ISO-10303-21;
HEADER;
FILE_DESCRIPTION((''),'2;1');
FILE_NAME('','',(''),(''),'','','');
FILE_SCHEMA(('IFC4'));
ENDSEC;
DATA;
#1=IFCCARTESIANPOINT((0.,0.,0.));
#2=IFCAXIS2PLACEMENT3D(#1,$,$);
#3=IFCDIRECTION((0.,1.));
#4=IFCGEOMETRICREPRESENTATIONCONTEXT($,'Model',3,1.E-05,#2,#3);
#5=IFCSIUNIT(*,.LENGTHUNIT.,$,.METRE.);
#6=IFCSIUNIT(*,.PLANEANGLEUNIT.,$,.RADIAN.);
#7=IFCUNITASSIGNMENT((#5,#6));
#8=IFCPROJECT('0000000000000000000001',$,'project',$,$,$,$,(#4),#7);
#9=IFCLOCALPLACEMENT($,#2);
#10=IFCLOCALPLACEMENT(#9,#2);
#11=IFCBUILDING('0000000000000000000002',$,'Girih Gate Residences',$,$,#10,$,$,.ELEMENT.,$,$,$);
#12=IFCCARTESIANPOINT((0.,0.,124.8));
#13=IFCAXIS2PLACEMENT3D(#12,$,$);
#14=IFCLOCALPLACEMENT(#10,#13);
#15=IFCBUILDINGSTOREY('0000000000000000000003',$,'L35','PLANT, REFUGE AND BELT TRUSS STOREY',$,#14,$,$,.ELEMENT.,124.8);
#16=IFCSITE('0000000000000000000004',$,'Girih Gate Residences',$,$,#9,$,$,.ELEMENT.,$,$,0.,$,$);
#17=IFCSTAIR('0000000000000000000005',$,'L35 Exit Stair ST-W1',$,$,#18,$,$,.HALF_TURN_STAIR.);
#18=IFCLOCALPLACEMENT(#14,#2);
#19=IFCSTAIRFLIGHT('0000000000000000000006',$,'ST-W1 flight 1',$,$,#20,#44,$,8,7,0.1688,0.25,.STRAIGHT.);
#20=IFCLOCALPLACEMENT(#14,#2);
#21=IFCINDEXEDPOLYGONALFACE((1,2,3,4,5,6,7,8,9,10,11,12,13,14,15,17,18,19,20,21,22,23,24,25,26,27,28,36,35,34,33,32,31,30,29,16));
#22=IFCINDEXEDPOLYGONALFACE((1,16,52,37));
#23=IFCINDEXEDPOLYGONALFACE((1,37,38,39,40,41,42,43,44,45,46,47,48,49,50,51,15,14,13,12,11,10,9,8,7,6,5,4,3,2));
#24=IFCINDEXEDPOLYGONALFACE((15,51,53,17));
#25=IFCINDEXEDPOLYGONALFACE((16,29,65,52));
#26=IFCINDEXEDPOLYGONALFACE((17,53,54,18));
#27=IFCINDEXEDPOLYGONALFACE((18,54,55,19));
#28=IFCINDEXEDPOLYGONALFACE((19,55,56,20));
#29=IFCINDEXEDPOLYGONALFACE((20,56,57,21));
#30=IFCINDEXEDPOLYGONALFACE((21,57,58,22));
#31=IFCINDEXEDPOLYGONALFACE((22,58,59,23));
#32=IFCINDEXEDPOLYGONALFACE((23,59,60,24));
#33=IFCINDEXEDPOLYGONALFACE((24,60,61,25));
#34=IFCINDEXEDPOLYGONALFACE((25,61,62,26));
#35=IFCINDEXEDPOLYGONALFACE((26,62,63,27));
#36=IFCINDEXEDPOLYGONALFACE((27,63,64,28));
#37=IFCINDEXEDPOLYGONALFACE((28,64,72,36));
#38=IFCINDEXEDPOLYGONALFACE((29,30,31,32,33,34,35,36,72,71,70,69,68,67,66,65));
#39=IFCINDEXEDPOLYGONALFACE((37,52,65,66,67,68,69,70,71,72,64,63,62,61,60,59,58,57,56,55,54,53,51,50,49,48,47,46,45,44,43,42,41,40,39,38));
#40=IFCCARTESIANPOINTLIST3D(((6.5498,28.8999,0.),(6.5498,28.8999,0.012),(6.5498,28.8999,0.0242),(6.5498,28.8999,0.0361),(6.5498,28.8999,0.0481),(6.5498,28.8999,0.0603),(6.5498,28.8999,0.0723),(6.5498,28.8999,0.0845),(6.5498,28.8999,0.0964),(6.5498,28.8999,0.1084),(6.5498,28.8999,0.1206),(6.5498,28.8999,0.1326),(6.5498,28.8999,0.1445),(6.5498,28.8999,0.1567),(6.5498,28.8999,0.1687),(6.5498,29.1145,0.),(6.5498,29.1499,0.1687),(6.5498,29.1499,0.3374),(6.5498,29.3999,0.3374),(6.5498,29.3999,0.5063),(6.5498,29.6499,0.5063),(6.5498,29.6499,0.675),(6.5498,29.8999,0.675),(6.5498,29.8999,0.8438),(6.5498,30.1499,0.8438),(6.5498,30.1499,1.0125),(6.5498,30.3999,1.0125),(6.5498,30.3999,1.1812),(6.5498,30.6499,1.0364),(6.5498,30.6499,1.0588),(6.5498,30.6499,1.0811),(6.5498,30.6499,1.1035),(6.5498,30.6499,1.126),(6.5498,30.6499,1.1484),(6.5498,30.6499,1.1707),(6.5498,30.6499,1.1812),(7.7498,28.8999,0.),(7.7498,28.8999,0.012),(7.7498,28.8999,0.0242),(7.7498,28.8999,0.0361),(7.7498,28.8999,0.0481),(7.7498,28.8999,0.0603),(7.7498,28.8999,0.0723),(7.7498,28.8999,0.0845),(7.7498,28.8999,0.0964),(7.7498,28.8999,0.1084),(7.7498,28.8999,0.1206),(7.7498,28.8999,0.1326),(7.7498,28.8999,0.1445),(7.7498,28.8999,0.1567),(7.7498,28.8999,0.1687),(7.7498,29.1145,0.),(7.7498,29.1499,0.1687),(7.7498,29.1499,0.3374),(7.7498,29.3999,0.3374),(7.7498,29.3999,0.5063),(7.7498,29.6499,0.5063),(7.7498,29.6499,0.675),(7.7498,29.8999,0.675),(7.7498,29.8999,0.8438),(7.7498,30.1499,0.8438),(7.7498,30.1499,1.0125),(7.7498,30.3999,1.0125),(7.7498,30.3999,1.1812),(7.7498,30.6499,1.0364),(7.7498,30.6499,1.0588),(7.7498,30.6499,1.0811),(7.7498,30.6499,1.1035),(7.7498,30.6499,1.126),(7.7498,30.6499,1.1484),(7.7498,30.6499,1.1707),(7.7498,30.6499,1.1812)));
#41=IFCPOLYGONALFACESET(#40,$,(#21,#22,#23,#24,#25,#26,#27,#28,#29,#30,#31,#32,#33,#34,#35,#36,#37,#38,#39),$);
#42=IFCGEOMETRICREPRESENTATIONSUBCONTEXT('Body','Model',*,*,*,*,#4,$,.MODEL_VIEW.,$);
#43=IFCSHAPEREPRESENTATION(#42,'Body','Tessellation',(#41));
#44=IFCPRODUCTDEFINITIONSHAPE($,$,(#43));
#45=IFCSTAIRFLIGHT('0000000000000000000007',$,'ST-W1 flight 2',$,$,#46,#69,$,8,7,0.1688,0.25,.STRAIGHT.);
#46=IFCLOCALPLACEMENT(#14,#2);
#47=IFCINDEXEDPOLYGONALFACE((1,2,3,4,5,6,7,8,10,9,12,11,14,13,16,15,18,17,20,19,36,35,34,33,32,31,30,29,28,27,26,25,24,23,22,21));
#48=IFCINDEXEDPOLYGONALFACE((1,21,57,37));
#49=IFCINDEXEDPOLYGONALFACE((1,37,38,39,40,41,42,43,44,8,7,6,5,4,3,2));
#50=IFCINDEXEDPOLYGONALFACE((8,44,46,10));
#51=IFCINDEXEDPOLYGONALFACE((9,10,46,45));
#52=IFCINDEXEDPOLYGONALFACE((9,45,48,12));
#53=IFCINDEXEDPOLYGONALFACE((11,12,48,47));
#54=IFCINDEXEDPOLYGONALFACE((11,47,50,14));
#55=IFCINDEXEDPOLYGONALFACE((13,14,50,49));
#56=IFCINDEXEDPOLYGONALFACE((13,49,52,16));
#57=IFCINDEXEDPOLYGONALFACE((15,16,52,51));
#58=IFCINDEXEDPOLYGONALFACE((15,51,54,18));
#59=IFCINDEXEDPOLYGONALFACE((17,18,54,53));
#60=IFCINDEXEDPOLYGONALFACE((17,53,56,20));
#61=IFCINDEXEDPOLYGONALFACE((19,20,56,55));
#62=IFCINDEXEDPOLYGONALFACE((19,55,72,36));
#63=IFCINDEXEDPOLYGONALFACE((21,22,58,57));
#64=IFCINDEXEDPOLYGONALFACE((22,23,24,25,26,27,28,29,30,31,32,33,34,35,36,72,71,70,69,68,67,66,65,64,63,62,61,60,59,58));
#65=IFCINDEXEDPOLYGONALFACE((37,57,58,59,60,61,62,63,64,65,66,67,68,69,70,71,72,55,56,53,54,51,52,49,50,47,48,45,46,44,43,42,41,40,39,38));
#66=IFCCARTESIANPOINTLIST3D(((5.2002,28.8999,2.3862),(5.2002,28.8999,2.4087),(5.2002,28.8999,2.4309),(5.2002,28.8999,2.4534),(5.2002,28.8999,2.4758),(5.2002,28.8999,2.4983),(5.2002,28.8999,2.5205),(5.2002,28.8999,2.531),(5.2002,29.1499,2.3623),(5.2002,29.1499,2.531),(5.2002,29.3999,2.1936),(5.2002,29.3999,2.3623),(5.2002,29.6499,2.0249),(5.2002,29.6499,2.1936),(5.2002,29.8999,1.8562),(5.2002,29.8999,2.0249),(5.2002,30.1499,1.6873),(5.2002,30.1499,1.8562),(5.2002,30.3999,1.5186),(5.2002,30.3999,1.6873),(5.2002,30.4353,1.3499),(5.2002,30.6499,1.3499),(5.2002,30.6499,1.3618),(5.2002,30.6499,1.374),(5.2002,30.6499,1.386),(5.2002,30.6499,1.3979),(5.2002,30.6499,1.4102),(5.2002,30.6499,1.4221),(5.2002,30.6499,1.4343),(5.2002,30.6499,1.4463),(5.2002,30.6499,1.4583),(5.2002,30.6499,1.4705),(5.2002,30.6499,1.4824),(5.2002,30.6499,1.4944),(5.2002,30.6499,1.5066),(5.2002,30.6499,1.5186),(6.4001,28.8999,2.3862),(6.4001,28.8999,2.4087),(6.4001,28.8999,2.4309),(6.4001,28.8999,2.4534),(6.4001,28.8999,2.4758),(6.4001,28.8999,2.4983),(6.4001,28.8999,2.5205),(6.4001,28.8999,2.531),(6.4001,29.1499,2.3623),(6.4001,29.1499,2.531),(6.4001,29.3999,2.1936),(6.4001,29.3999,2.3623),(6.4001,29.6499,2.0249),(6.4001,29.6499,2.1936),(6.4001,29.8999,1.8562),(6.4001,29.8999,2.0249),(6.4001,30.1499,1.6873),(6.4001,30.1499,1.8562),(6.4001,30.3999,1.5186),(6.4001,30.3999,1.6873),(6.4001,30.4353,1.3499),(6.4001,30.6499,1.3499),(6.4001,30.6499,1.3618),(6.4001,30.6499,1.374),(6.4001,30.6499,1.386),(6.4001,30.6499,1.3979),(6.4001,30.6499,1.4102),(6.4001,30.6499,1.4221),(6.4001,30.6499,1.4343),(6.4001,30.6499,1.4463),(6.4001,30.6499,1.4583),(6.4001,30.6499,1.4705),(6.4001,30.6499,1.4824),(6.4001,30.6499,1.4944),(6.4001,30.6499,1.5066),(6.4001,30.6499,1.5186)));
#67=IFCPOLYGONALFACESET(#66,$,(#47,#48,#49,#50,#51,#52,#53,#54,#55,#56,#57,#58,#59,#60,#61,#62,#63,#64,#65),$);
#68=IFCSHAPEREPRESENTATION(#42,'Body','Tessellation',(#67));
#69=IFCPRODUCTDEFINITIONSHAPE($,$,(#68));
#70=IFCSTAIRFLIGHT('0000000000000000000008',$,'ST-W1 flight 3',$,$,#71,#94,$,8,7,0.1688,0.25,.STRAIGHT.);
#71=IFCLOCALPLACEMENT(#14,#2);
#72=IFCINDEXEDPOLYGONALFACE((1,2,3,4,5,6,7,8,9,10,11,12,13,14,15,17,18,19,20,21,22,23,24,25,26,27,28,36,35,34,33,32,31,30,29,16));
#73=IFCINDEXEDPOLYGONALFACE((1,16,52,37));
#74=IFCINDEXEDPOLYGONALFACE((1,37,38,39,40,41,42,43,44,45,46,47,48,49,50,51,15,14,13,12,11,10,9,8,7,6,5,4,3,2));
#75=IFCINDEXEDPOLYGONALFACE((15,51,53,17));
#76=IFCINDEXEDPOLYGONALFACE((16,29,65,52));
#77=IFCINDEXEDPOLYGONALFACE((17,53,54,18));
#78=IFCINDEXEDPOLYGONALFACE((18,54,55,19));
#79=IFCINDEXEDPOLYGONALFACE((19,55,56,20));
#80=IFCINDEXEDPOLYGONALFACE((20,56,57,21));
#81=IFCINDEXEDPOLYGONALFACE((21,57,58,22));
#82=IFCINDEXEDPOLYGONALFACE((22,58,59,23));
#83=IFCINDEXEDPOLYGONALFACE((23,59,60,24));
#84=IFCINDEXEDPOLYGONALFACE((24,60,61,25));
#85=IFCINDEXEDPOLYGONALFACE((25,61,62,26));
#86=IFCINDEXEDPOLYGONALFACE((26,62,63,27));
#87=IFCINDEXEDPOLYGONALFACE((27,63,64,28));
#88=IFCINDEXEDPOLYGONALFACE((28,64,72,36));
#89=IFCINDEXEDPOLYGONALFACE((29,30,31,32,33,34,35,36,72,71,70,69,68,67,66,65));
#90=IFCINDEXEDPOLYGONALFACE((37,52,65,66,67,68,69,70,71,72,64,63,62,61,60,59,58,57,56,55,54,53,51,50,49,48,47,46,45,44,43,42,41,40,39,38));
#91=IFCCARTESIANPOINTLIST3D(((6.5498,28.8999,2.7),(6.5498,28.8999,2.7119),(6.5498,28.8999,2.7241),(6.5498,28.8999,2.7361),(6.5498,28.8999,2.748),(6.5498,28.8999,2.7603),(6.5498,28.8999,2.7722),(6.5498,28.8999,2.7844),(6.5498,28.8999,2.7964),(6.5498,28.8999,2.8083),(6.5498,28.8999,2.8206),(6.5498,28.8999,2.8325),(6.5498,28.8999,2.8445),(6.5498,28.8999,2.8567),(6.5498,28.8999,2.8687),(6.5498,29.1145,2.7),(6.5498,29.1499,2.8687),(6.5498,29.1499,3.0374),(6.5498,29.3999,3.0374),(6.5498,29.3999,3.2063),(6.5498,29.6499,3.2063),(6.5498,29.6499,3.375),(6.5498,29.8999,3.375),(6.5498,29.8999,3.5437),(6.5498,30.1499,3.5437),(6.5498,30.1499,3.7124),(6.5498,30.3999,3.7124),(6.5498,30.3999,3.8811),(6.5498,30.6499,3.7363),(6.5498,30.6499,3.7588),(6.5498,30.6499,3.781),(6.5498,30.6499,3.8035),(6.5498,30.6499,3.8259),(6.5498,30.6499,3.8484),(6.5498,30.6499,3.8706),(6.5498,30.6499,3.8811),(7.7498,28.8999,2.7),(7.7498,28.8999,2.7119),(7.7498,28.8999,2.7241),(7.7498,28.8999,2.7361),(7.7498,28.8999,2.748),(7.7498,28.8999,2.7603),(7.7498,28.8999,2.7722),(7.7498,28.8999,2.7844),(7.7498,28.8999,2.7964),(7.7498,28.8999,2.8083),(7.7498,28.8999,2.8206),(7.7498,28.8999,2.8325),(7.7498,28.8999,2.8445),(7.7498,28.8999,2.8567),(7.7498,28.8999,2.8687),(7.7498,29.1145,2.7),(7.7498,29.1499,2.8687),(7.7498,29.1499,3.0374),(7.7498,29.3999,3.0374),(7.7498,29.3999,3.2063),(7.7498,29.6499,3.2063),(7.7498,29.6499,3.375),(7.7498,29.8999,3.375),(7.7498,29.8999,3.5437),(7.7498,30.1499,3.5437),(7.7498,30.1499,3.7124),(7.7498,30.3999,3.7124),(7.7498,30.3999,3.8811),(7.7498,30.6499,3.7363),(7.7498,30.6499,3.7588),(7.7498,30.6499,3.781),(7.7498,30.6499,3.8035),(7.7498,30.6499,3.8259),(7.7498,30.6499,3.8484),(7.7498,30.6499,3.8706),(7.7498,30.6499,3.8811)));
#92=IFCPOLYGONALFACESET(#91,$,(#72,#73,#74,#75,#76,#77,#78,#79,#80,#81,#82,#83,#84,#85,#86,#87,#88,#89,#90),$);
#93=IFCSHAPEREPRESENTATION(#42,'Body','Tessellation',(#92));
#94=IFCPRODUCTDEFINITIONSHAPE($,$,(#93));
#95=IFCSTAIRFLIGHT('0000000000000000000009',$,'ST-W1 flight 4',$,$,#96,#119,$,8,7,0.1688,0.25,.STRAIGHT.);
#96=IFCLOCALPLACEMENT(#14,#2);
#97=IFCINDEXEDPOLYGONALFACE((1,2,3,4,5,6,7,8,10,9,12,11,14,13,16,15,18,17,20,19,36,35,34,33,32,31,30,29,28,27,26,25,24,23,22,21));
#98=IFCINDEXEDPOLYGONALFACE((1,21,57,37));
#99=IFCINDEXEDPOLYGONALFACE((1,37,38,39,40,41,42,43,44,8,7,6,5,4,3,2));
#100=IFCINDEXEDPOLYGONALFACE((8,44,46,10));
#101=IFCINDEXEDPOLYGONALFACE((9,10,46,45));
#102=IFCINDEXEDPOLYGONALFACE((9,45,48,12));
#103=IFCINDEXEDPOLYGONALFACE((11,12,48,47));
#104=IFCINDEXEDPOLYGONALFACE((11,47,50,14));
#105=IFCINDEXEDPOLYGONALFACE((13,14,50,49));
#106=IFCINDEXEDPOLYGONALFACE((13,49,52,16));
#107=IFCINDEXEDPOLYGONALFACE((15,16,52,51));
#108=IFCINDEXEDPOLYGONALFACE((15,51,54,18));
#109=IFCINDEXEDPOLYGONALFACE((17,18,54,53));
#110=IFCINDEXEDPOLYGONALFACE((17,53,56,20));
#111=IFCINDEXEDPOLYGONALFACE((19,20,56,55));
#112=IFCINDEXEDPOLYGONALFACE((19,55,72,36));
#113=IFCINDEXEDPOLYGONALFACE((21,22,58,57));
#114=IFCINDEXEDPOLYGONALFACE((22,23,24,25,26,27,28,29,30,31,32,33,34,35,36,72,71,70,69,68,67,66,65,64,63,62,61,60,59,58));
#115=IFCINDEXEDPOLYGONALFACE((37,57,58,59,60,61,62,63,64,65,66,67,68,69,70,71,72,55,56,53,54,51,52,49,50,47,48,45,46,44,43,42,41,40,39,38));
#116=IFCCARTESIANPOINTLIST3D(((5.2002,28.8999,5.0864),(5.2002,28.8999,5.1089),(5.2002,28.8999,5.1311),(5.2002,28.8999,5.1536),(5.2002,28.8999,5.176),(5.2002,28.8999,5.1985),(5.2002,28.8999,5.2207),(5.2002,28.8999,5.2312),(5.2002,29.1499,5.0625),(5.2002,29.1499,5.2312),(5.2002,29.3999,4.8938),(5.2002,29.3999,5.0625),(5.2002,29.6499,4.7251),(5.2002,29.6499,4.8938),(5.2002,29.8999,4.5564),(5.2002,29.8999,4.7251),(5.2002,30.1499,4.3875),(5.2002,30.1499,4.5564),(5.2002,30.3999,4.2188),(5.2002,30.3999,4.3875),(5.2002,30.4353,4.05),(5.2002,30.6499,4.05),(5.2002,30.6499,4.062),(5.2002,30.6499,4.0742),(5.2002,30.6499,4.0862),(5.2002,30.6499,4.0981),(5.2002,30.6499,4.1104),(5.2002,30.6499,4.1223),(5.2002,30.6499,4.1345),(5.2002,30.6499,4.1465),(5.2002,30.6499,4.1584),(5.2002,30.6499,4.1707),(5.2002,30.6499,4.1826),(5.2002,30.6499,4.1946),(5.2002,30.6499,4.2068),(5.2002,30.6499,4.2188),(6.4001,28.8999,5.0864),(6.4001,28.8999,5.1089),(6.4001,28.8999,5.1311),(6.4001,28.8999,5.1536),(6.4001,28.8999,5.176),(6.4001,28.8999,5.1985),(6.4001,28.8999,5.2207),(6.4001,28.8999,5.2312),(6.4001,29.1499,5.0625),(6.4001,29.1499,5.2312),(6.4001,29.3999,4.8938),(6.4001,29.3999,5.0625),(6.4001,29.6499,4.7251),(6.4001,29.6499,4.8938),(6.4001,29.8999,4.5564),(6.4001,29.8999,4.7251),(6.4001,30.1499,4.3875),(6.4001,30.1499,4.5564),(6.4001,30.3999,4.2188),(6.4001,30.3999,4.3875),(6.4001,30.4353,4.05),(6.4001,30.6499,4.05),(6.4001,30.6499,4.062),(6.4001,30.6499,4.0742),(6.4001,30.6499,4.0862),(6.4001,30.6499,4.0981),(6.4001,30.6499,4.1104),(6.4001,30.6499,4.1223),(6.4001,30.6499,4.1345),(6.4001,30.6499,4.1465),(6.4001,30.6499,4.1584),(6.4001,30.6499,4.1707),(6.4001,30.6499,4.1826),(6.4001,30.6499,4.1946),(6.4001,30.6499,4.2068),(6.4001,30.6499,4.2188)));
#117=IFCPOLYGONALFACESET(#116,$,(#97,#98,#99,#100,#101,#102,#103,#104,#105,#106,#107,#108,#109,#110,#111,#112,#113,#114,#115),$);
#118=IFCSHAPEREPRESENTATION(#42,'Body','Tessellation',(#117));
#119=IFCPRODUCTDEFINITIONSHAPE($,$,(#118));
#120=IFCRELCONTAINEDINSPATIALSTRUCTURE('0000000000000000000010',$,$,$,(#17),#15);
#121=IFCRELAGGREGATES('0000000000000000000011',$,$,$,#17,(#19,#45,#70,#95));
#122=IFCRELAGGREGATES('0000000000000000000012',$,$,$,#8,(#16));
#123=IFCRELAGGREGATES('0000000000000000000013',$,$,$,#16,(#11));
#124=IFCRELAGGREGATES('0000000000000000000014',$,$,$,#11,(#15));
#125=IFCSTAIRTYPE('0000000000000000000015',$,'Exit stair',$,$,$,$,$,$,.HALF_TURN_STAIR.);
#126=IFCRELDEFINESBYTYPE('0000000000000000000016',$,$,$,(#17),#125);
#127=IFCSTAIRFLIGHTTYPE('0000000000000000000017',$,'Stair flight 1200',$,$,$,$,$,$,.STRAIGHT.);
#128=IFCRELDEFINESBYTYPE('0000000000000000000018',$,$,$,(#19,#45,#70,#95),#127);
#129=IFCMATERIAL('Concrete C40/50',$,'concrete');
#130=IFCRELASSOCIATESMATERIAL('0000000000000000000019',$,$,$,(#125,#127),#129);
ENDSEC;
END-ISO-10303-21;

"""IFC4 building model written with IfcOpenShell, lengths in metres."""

from ifc_helpers import new_model, si_unit, direction, frame, origin, place, context, subcontext, project, spatial, polyline, outline, extrude, material, type_object, element, aggregate, save


model = new_model("IFC4")

# Units and contexts
model_context = context("Model", 3, precision=1e-05, world=origin(), true_north=direction((0.0, 1.0)))
body_context = subcontext(model_context, "Body", "Model", "MODEL_VIEW")
ifc_project = project(units=[si_unit("LENGTHUNIT", "METRE"), si_unit("PLANEANGLEUNIT", "RADIAN")], contexts=[model_context])

# Site, building, storey
site_placement = place(None, origin())
site = spatial("IfcSite", under=ifc_project, at=site_placement, Name="Girih Gate Residences", CompositionType="ELEMENT", RefElevation=0.0)
building_placement = place(site_placement, origin())
building = spatial("IfcBuilding", under=site, at=building_placement, Name="Girih Gate Residences", CompositionType="ELEMENT")
storey_placement = place(building_placement, frame((0.0, 0.0, 124.8)))
storey = spatial("IfcBuildingStorey", under=building, at=storey_placement, Name="L35", Description="PLANT, REFUGE AND BELT TRUSS STOREY", CompositionType="ELEMENT", Elevation=124.8)

# Stair, stair flights
ifc_material_1 = material(Name="Concrete C40/50", Category="concrete")
stair_type = type_object("IfcStairType", Name="Exit stair", PredefinedType="HALF_TURN_STAIR", material=ifc_material_1)
stair_placement = place(storey_placement, origin())
stair = element("IfcStair", 1, at=stair_placement, inside=storey, type_object=stair_type, Name="L35 Exit Stair ST-W1", PredefinedType="HALF_TURN_STAIR")
stair_flight_type = type_object("IfcStairFlightType", Name="Stair flight 1200", PredefinedType="STRAIGHT", material=ifc_material_1)
stair_flight_1_placement = place(storey_placement, frame((7.1499, 28.8999, 0.0), z_axis=(0.0, 0.0, 1.0), x_axis=(0.0, 1.0, 0.0)))
stair_flight_1 = element("IfcStairFlight", 2, at=stair_flight_1_placement, type_object=stair_flight_type, Name="ST-W1 flight 1", NumberOfRisers=8, NumberOfTreads=7, PredefinedType="STRAIGHT", RiserHeight=0.1688, TreadLength=0.25, context=body_context, shape_type="SweptSolid", body=[
    extrude(outline(polyline([(0.0, 0.0), (0.0, 0.012), (0.0, 0.0242), (0.0, 0.0361), (0.0, 0.0481), (0.0, 0.0603), (0.0, 0.0723), (0.0, 0.0845), (0.0, 0.0964), (0.0, 0.1084), (0.0, 0.1206), (0.0, 0.1326), (0.0, 0.1445), (0.0, 0.1567), (0.0, 0.1687), (0.25, 0.1687), (0.25, 0.3374), (0.5, 0.3374), (0.5, 0.5063), (0.75, 0.5063), (0.75, 0.675), (1.0, 0.675), (1.0, 0.8438), (1.25, 0.8438), (1.25, 1.0125), (1.5, 1.0125), (1.5, 1.1812), (1.75, 1.1812), (1.75, 1.1934), (1.75, 1.2053), (1.75, 1.2175), (1.75, 1.2295), (1.75, 1.2415), (1.75, 1.2537), (1.75, 1.2656), (1.75, 1.2776), (1.75, 1.2898), (1.75, 1.3018), (1.75, 1.3137), (1.75, 1.3259), (1.75, 1.3379), (1.75, 1.3501), (1.75, 1.3276), (1.75, 1.3052), (1.75, 1.2827), (1.75, 1.2605), (1.75, 1.238), (1.75, 1.2156), (1.75, 1.1931), (1.75, 1.1707), (1.75, 1.1484), (1.75, 1.126), (1.75, 1.1035), (1.75, 1.0811), (1.75, 1.0588), (1.75, 1.0364), (0.2146, 0.0), (0.0, 0.0)])), frame((0.0, 0.6001, 0.0), z_axis=(0.0, -1.0, 0.0), x_axis=(1.0, 0.0, 0.0)), (0.0, 0.0, 1.0), 1.2),
])
stair_flight_2_placement = place(storey_placement, frame((5.8, 30.6499, 1.3499), z_axis=(0.0, 0.0, 1.0), x_axis=(0.0, -1.0, 0.0)))
stair_flight_2 = element("IfcStairFlight", 3, at=stair_flight_2_placement, type_object=stair_flight_type, Name="ST-W1 flight 2", NumberOfRisers=8, NumberOfTreads=7, PredefinedType="STRAIGHT", RiserHeight=0.1688, TreadLength=0.25, context=body_context, shape_type="SweptSolid", body=[
    extrude(outline(polyline([(0.0, 0.0), (0.0, 0.012), (0.0, 0.0242), (0.0, 0.0361), (0.0, 0.0481), (0.0, 0.0603), (0.0, 0.0723), (0.0, 0.0845), (0.0, 0.0964), (0.0, 0.1084), (0.0, 0.1206), (0.0, 0.1326), (0.0, 0.1445), (0.0, 0.1567), (0.0, 0.1687), (0.25, 0.1687), (0.25, 0.3374), (0.5, 0.3374), (0.5, 0.5063), (0.75, 0.5063), (0.75, 0.675), (1.0, 0.675), (1.0, 0.8438), (1.25, 0.8438), (1.25, 1.0125), (1.5, 1.0125), (1.5, 1.1812), (1.75, 1.1812), (1.75, 1.1934), (1.75, 1.2053), (1.75, 1.2175), (1.75, 1.2295), (1.75, 1.2415), (1.75, 1.2537), (1.75, 1.2656), (1.75, 1.2776), (1.75, 1.2898), (1.75, 1.3018), (1.75, 1.3137), (1.75, 1.3259), (1.75, 1.3379), (1.75, 1.3501), (1.75, 1.3276), (1.75, 1.3052), (1.75, 1.2827), (1.75, 1.2605), (1.75, 1.238), (1.75, 1.2156), (1.75, 1.1931), (1.75, 1.1707), (1.75, 1.1484), (1.75, 1.126), (1.75, 1.1035), (1.75, 1.0811), (1.75, 1.0588), (1.75, 1.0364), (0.2146, 0.0), (0.0, 0.0)])), frame((0.0, 0.6001, 0.0), z_axis=(0.0, -1.0, 0.0), x_axis=(1.0, 0.0, 0.0)), (0.0, 0.0, 1.0), 1.2),
])
stair_flight_3_placement = place(storey_placement, frame((7.1499, 28.8999, 2.7), z_axis=(0.0, 0.0, 1.0), x_axis=(0.0, 1.0, 0.0)))
stair_flight_3 = element("IfcStairFlight", 4, at=stair_flight_3_placement, type_object=stair_flight_type, Name="ST-W1 flight 3", NumberOfRisers=8, NumberOfTreads=7, PredefinedType="STRAIGHT", RiserHeight=0.1688, TreadLength=0.25, context=body_context, shape_type="SweptSolid", body=[
    extrude(outline(polyline([(0.0, 0.0), (0.0, 0.012), (0.0, 0.0242), (0.0, 0.0361), (0.0, 0.0481), (0.0, 0.0603), (0.0, 0.0723), (0.0, 0.0845), (0.0, 0.0964), (0.0, 0.1084), (0.0, 0.1206), (0.0, 0.1326), (0.0, 0.1445), (0.0, 0.1567), (0.0, 0.1687), (0.25, 0.1687), (0.25, 0.3374), (0.5, 0.3374), (0.5, 0.5063), (0.75, 0.5063), (0.75, 0.675), (1.0, 0.675), (1.0, 0.8438), (1.25, 0.8438), (1.25, 1.0125), (1.5, 1.0125), (1.5, 1.1812), (1.75, 1.1812), (1.75, 1.1934), (1.75, 1.2053), (1.75, 1.2175), (1.75, 1.2295), (1.75, 1.2415), (1.75, 1.2537), (1.75, 1.2656), (1.75, 1.2776), (1.75, 1.2898), (1.75, 1.3018), (1.75, 1.3137), (1.75, 1.3259), (1.75, 1.3379), (1.75, 1.3501), (1.75, 1.3276), (1.75, 1.3052), (1.75, 1.2827), (1.75, 1.2605), (1.75, 1.238), (1.75, 1.2156), (1.75, 1.1931), (1.75, 1.1707), (1.75, 1.1484), (1.75, 1.126), (1.75, 1.1035), (1.75, 1.0811), (1.75, 1.0588), (1.75, 1.0364), (0.2146, 0.0), (0.0, 0.0)])), frame((0.0, 0.6001, 0.0), z_axis=(0.0, -1.0, 0.0), x_axis=(1.0, 0.0, 0.0)), (0.0, 0.0, 1.0), 1.2),
])
stair_flight_4_placement = place(storey_placement, frame((5.8, 30.6499, 4.05), z_axis=(0.0, 0.0, 1.0), x_axis=(0.0, -1.0, 0.0)))
stair_flight_4 = element("IfcStairFlight", 5, at=stair_flight_4_placement, type_object=stair_flight_type, Name="ST-W1 flight 4", NumberOfRisers=8, NumberOfTreads=7, PredefinedType="STRAIGHT", RiserHeight=0.1688, TreadLength=0.25, context=body_context, shape_type="SweptSolid", body=[
    extrude(outline(polyline([(0.0, 0.0), (0.0, 0.012), (0.0, 0.0242), (0.0, 0.0361), (0.0, 0.0481), (0.0, 0.0603), (0.0, 0.0723), (0.0, 0.0845), (0.0, 0.0964), (0.0, 0.1084), (0.0, 0.1206), (0.0, 0.1326), (0.0, 0.1445), (0.0, 0.1567), (0.0, 0.1687), (0.25, 0.1687), (0.25, 0.3374), (0.5, 0.3374), (0.5, 0.5063), (0.75, 0.5063), (0.75, 0.675), (1.0, 0.675), (1.0, 0.8438), (1.25, 0.8438), (1.25, 1.0125), (1.5, 1.0125), (1.5, 1.1812), (1.75, 1.1812), (1.75, 1.1934), (1.75, 1.2053), (1.75, 1.2175), (1.75, 1.2295), (1.75, 1.2415), (1.75, 1.2537), (1.75, 1.2656), (1.75, 1.2776), (1.75, 1.2898), (1.75, 1.3018), (1.75, 1.3137), (1.75, 1.3259), (1.75, 1.3379), (1.75, 1.3501), (1.75, 1.3276), (1.75, 1.3052), (1.75, 1.2827), (1.75, 1.2605), (1.75, 1.238), (1.75, 1.2156), (1.75, 1.1931), (1.75, 1.1707), (1.75, 1.1484), (1.75, 1.126), (1.75, 1.1035), (1.75, 1.0811), (1.75, 1.0588), (1.75, 1.0364), (0.2146, 0.0), (0.0, 0.0)])), frame((0.0, 0.6001, 0.0), z_axis=(0.0, -1.0, 0.0), x_axis=(1.0, 0.0, 0.0)), (0.0, 0.0, 1.0), 1.2),
])
aggregate(stair, [stair_flight_1, stair_flight_2, stair_flight_3, stair_flight_4])

save(model, "model.ifc")
